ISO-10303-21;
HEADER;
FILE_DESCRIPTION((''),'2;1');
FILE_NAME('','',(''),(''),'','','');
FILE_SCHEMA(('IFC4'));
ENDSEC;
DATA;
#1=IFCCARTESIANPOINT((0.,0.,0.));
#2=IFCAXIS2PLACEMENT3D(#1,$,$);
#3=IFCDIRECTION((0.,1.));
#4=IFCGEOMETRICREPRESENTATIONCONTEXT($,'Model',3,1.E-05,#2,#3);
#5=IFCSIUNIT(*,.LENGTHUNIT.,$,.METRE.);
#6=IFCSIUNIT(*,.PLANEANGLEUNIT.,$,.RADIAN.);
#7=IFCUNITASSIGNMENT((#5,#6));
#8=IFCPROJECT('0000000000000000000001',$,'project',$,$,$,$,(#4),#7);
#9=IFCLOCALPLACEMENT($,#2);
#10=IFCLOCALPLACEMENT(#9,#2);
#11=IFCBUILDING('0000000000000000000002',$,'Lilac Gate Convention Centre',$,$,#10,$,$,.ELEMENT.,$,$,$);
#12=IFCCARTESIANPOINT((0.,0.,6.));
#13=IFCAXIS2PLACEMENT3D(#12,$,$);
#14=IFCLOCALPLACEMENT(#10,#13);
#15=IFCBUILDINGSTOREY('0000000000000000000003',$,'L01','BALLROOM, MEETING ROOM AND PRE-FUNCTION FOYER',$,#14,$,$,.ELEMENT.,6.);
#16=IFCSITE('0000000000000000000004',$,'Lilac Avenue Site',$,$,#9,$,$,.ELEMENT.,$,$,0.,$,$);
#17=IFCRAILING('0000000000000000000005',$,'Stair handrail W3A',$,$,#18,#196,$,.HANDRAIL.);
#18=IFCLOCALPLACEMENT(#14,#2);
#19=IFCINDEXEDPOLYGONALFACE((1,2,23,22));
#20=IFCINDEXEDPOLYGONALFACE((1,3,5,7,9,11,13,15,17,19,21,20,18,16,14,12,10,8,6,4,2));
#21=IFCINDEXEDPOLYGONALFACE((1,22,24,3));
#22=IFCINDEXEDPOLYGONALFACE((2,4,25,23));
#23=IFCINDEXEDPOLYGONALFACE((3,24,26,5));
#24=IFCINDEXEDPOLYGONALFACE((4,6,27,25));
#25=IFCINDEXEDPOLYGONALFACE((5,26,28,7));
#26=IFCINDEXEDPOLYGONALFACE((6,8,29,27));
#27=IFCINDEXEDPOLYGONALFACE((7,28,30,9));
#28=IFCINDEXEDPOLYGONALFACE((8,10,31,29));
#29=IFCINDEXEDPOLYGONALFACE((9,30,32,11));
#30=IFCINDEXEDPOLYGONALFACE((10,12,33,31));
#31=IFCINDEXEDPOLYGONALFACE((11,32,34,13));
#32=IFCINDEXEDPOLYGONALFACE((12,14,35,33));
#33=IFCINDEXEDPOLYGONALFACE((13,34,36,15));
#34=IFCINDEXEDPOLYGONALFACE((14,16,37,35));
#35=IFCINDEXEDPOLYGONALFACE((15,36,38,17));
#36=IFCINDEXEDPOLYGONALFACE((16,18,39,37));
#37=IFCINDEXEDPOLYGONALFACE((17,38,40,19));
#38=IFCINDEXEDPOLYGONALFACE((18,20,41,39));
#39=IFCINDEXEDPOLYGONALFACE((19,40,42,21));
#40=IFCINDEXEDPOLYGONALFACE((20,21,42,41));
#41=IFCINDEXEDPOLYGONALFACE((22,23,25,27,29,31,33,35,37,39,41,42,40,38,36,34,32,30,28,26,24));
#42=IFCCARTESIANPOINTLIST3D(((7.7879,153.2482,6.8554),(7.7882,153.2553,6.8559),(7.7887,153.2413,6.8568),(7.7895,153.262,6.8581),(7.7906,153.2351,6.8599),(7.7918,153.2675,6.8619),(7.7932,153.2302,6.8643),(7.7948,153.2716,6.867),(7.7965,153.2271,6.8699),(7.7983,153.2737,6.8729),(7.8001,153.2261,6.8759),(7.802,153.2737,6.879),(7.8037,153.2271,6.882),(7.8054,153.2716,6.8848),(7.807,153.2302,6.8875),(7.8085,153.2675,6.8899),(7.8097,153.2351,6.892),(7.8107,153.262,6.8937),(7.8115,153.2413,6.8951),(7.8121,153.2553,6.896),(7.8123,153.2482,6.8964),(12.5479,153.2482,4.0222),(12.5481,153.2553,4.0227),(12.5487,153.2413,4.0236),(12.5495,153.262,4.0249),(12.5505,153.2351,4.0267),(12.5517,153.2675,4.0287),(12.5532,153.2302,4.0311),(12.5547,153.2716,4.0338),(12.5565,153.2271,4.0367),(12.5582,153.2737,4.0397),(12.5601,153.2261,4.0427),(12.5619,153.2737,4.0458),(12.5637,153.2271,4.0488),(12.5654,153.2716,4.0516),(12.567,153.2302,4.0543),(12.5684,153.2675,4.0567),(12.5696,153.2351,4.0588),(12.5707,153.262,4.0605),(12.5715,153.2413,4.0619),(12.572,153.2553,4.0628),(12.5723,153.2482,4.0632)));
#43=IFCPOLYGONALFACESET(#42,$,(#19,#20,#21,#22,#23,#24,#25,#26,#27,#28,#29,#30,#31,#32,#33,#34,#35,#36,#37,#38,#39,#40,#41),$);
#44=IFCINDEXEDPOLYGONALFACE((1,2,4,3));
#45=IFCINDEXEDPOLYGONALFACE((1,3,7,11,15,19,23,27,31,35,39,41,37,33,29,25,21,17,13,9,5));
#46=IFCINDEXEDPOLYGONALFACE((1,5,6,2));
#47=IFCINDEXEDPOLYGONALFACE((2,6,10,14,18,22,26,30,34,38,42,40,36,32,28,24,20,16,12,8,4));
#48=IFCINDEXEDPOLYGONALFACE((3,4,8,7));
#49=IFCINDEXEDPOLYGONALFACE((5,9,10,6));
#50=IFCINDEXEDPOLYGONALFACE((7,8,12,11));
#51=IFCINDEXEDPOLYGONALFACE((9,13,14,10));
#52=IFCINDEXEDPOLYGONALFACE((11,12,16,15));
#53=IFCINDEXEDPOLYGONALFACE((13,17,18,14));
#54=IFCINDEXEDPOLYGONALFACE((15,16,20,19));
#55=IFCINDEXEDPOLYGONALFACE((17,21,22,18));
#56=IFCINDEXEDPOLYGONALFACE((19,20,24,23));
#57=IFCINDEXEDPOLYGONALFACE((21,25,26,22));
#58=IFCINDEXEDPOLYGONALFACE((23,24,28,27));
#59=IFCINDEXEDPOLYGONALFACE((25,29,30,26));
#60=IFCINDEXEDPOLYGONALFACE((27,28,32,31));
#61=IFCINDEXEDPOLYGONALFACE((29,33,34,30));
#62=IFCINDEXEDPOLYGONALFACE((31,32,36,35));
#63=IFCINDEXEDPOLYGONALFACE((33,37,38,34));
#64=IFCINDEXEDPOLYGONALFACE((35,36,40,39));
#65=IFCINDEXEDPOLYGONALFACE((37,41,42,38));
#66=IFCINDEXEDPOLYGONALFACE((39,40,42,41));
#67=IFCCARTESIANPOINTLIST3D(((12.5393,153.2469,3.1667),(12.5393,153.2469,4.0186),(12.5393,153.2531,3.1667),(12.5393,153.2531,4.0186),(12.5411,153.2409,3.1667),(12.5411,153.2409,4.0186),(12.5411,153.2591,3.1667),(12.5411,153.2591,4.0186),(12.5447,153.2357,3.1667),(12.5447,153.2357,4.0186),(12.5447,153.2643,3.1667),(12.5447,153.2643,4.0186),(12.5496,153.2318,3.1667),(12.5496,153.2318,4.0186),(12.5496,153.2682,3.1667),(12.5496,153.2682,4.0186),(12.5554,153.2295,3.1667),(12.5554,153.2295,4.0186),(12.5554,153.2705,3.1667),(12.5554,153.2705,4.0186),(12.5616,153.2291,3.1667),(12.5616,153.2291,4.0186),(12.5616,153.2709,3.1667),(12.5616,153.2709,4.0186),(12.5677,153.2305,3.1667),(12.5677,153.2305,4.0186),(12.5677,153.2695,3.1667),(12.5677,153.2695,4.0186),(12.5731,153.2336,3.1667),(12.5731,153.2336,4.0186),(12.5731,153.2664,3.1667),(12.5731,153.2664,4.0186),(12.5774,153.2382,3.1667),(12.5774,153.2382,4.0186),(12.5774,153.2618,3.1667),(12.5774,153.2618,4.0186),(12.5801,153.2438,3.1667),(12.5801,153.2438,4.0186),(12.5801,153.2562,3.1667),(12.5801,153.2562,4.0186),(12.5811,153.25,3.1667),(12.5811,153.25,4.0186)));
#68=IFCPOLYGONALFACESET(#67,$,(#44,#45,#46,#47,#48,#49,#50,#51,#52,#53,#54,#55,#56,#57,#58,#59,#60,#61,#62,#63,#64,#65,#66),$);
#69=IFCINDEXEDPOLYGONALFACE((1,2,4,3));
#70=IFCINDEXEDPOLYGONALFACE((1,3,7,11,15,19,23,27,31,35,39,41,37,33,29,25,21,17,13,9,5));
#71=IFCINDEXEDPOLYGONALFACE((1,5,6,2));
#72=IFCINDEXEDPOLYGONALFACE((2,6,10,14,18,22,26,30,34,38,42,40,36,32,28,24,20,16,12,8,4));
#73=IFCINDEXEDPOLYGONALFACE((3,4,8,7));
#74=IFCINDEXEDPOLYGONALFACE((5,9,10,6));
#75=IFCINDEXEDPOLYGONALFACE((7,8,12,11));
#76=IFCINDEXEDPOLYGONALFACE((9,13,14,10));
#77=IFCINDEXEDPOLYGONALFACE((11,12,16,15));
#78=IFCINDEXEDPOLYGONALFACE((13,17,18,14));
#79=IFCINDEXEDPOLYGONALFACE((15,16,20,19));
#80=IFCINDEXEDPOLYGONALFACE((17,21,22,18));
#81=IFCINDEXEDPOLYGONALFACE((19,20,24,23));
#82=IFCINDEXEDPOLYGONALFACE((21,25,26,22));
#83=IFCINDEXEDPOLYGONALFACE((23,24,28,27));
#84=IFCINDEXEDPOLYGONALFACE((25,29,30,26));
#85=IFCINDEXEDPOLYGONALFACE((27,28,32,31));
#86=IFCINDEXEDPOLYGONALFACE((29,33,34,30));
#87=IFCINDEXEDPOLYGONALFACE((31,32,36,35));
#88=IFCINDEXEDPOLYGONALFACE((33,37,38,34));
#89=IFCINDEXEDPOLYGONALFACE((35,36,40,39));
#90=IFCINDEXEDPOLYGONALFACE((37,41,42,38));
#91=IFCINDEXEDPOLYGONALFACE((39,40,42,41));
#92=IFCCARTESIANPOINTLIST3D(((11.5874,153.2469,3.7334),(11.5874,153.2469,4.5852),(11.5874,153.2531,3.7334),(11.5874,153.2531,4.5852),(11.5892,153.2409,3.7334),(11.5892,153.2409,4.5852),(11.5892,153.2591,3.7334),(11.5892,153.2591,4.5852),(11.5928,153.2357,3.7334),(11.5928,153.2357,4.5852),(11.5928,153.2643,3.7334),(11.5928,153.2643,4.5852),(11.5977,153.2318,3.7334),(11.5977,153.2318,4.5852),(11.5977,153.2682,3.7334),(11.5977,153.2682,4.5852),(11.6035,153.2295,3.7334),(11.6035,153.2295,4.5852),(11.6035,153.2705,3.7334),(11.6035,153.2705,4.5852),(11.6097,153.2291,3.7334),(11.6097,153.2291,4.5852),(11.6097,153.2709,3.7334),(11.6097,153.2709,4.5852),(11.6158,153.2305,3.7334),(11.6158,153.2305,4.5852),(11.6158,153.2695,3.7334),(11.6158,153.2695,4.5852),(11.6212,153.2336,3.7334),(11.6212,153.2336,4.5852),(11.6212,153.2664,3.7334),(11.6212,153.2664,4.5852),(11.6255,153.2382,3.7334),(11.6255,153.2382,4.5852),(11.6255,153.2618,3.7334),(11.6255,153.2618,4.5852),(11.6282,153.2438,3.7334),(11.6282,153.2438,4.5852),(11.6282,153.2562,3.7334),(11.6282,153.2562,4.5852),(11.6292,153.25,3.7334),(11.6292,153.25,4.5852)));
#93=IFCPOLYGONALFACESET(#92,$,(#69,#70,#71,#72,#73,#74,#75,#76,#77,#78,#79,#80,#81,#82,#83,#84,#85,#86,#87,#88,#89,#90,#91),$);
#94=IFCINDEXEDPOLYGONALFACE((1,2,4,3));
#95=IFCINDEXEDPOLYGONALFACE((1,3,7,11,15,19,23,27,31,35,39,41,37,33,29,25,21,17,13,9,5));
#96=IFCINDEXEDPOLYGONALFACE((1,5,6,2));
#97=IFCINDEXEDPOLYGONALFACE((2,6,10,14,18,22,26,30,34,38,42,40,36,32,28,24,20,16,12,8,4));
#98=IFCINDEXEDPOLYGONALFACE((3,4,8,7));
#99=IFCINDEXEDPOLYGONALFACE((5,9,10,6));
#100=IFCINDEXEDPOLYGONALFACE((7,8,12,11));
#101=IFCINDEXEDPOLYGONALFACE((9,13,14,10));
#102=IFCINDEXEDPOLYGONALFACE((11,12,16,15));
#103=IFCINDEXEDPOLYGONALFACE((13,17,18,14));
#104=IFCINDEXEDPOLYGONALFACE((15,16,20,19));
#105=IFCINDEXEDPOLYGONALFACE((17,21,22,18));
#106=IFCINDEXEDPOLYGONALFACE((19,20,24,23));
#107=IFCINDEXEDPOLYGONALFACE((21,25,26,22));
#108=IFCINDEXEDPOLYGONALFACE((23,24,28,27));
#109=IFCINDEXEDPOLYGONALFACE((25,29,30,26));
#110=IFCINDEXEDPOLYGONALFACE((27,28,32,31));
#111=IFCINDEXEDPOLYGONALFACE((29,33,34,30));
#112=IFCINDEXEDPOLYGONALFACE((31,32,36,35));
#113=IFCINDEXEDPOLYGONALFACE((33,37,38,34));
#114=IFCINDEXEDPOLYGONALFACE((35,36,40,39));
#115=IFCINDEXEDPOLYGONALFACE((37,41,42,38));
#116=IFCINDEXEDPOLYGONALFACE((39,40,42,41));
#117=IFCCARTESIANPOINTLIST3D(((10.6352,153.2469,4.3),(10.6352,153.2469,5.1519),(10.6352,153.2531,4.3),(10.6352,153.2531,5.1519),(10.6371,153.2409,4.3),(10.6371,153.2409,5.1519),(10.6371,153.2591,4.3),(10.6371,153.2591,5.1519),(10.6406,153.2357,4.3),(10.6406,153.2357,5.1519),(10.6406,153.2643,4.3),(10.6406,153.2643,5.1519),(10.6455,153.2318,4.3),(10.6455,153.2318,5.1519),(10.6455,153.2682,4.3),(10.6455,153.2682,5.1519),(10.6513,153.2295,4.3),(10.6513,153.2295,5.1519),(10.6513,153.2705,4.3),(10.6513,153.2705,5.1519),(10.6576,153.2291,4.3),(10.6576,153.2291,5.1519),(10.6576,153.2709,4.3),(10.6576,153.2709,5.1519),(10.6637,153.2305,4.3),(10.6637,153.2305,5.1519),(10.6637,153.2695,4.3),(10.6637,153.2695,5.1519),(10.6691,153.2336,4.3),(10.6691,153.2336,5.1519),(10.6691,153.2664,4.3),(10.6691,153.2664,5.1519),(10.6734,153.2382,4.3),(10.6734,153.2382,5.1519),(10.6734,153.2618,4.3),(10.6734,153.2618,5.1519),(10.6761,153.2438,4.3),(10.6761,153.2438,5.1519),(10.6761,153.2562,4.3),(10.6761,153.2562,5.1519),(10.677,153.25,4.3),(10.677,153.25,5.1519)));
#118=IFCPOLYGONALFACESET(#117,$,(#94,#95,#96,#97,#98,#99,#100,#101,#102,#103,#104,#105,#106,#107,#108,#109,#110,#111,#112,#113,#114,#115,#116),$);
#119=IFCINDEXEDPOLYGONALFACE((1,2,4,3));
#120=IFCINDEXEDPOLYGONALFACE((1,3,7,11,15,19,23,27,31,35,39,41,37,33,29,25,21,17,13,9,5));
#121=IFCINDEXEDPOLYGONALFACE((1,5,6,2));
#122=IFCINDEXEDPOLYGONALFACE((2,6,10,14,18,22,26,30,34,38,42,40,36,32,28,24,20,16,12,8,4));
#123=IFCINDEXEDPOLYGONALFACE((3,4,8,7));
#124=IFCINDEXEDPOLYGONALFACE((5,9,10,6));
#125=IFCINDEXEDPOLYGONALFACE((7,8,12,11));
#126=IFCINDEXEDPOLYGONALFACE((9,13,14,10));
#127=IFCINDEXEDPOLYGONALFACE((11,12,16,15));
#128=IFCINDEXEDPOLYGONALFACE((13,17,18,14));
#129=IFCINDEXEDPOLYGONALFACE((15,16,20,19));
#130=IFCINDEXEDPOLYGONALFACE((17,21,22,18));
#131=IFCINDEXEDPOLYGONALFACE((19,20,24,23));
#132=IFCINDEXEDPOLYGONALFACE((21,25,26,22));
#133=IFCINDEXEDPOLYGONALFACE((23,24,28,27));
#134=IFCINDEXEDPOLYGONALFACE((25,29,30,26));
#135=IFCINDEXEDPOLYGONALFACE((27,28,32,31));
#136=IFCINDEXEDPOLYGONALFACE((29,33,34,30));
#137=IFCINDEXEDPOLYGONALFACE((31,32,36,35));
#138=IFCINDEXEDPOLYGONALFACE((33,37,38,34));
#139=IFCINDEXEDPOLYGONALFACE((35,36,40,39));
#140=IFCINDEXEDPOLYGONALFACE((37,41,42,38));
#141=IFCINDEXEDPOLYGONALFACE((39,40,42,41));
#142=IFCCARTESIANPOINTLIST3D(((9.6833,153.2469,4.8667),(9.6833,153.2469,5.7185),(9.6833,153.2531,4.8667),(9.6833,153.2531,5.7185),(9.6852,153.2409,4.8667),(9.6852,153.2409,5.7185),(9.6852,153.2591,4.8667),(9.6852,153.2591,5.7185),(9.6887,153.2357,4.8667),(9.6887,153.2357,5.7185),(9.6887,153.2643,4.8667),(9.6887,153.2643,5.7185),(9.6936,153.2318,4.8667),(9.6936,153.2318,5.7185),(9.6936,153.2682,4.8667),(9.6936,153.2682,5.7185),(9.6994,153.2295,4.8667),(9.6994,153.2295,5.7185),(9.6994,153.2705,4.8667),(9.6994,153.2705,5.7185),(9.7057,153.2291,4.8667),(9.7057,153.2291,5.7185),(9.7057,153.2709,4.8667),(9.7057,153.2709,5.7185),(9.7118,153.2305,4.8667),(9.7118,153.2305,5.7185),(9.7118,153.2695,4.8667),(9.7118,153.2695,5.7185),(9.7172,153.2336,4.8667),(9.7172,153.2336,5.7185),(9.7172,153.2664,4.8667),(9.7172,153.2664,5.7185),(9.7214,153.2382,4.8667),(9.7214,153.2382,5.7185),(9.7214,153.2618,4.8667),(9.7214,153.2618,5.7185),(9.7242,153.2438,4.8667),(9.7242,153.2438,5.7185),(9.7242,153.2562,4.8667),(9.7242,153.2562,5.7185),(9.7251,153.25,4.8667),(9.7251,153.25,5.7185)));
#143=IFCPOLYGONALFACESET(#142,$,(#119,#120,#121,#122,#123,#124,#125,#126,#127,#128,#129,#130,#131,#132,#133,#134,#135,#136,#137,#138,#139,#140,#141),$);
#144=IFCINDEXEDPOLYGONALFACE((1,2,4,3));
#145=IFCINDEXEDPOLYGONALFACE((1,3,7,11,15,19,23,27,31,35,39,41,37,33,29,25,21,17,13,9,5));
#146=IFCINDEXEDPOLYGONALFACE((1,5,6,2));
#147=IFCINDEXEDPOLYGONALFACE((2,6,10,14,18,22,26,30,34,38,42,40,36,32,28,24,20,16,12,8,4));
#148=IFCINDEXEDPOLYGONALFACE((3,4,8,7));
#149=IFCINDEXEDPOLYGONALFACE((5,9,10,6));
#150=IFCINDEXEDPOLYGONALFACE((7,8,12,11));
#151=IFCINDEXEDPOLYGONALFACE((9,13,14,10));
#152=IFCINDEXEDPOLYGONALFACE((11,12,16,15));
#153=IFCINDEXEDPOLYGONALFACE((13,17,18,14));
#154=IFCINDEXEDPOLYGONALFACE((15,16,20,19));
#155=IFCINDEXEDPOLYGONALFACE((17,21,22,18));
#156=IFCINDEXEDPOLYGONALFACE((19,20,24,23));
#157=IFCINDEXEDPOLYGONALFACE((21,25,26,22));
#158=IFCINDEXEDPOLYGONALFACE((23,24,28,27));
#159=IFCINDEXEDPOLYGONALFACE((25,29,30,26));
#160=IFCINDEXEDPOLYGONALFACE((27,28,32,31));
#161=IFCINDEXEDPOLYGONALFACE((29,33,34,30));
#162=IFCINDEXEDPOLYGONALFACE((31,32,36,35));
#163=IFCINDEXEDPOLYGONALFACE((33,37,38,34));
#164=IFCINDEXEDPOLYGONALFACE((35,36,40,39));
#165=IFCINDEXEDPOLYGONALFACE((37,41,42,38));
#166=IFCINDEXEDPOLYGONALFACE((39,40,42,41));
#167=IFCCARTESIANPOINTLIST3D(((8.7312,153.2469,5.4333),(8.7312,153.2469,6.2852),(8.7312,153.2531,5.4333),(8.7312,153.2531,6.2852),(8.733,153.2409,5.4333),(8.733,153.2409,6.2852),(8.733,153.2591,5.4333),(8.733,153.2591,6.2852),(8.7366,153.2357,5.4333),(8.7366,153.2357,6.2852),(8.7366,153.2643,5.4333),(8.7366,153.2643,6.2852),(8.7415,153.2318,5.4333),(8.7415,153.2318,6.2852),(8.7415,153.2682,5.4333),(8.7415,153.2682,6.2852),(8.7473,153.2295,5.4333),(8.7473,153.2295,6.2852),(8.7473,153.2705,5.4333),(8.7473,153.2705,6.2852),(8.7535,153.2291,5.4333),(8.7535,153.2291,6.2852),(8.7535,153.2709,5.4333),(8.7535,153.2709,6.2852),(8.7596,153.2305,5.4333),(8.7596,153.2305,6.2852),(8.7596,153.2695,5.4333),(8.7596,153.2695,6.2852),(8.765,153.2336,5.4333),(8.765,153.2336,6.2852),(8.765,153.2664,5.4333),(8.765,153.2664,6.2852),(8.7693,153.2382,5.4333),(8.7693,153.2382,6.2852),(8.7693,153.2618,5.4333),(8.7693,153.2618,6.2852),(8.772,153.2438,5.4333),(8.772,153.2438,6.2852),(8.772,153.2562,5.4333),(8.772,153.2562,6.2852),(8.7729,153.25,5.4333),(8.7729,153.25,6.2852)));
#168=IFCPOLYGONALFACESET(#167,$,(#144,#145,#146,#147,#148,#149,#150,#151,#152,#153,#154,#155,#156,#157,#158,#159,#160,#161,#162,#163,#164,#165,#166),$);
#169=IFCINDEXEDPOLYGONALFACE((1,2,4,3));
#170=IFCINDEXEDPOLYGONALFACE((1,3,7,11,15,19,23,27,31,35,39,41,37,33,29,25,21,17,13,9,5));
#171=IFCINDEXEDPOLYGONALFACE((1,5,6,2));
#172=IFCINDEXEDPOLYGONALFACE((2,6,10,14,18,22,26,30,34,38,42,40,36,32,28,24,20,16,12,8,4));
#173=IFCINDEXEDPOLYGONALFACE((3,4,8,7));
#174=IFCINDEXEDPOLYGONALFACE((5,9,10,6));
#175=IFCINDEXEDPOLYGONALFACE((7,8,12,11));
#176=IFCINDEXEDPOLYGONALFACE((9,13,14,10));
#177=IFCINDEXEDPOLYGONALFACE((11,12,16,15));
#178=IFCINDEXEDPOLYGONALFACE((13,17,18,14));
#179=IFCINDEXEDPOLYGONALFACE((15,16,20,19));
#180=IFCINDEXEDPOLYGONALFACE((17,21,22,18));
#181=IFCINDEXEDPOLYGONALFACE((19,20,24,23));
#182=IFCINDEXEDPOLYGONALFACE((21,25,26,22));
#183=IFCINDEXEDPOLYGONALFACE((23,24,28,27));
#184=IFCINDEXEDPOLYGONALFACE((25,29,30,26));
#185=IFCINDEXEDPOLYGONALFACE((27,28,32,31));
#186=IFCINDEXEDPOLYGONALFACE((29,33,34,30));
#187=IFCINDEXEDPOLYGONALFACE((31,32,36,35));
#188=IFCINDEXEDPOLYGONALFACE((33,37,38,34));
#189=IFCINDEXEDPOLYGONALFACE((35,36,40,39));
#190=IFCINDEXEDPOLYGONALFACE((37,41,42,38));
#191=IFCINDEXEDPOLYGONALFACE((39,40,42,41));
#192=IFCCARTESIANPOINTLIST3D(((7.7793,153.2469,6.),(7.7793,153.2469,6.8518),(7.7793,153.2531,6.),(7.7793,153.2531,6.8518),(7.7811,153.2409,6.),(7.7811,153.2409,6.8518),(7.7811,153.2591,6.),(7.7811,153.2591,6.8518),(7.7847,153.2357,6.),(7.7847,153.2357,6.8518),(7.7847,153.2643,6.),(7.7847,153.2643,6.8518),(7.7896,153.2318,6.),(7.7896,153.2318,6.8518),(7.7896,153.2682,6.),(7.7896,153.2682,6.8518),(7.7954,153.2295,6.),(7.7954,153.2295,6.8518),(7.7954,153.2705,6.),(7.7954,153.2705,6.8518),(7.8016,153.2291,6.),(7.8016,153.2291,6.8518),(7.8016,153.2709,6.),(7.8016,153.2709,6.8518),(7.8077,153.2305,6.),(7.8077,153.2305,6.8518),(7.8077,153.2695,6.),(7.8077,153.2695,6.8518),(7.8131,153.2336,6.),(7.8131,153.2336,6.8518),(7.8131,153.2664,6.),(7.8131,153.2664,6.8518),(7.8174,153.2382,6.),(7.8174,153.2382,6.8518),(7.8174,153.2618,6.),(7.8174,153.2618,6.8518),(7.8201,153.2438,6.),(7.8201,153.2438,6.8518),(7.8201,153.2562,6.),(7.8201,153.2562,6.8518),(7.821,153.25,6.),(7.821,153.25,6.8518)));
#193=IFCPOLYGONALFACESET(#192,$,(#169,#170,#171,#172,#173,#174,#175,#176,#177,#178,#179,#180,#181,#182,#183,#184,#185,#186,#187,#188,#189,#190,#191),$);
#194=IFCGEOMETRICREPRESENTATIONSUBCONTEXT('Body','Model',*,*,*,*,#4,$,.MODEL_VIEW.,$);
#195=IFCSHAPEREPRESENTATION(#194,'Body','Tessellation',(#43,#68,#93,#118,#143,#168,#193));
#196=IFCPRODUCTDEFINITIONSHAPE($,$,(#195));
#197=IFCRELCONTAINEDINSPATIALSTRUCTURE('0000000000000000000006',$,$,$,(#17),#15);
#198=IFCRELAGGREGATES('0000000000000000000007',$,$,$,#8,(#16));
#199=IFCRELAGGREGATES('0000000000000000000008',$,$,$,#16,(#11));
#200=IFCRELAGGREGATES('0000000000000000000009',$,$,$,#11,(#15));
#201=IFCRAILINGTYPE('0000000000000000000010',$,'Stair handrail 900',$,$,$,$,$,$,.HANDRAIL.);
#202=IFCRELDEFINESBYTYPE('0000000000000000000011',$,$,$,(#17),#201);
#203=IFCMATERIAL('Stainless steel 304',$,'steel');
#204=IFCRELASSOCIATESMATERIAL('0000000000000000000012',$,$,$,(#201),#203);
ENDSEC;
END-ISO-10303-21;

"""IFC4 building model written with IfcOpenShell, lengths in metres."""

from ifc_helpers import new_model, si_unit, direction, frame, origin, origin_2d, place, context, subcontext, project, spatial, circle, extrude, material, type_object, element, save


model = new_model("IFC4")

# Units and contexts
model_context = context("Model", 3, precision=1e-05, world=origin(), true_north=direction((0.0, 1.0)))
body_context = subcontext(model_context, "Body", "Model", "MODEL_VIEW")
ifc_project = project(units=[si_unit("LENGTHUNIT", "METRE"), si_unit("PLANEANGLEUNIT", "RADIAN")], contexts=[model_context])

# Site, building, storey
site_placement = place(None, origin())
site = spatial("IfcSite", under=ifc_project, at=site_placement, Name="Lilac Avenue Site", CompositionType="ELEMENT", RefElevation=0.0)
building_placement = place(site_placement, origin())
building = spatial("IfcBuilding", under=site, at=building_placement, Name="Lilac Gate Convention Centre", CompositionType="ELEMENT")
storey_placement = place(building_placement, frame((0.0, 0.0, 6.0)))
storey = spatial("IfcBuildingStorey", under=building, at=storey_placement, Name="L01", Description="BALLROOM, MEETING ROOM AND PRE-FUNCTION FOYER", CompositionType="ELEMENT", Elevation=6.0)

# Shared definitions
ifc_material_1 = material(Name="Stainless steel 304", Category="steel")

# Railing
railing_type = type_object("IfcRailingType", Name="Stair handrail 900", PredefinedType="HANDRAIL", material=ifc_material_1)
for number, where, name in (
    (1, (12.5601, 153.25, 3.1667), "Stair handrail W3A"),
):
    element("IfcRailing", number, at=place(storey_placement, frame(where)), inside=storey, type_object=railing_type, Name=name, PredefinedType="HANDRAIL", context=body_context, shape_type="SweptSolid", body=[
        extrude(circle(Radius=0.0239, at=origin_2d()), frame((0.0, 0.0, 0.876), z_axis=(-0.8593, 0.0, 0.511472), x_axis=(0.0, -1.0, 0.0)), (0.0, 0.0, 1.0), 5.5393),
        extrude(circle(Radius=0.021, at=origin_2d()), origin(), (0.0, 0.0, 1.0), 0.8518),
        extrude(circle(Radius=0.021, at=origin_2d()), frame((-0.9519, 0.0, 0.5667)), (0.0, 0.0, 1.0), 0.8518),
        extrude(circle(Radius=0.021, at=origin_2d()), frame((-1.9041, 0.0, 1.1333)), (0.0, 0.0, 1.0), 0.8518),
        extrude(circle(Radius=0.021, at=origin_2d()), frame((-2.856, 0.0, 1.7)), (0.0, 0.0, 1.0), 0.8518),
        extrude(circle(Radius=0.021, at=origin_2d()), frame((-3.8081, 0.0, 2.2666)), (0.0, 0.0, 1.0), 0.8518),
        extrude(circle(Radius=0.021, at=origin_2d()), frame((-4.76, 0.0, 2.8333)), (0.0, 0.0, 1.0), 0.8518),
    ])

save(model, "model.ifc")
